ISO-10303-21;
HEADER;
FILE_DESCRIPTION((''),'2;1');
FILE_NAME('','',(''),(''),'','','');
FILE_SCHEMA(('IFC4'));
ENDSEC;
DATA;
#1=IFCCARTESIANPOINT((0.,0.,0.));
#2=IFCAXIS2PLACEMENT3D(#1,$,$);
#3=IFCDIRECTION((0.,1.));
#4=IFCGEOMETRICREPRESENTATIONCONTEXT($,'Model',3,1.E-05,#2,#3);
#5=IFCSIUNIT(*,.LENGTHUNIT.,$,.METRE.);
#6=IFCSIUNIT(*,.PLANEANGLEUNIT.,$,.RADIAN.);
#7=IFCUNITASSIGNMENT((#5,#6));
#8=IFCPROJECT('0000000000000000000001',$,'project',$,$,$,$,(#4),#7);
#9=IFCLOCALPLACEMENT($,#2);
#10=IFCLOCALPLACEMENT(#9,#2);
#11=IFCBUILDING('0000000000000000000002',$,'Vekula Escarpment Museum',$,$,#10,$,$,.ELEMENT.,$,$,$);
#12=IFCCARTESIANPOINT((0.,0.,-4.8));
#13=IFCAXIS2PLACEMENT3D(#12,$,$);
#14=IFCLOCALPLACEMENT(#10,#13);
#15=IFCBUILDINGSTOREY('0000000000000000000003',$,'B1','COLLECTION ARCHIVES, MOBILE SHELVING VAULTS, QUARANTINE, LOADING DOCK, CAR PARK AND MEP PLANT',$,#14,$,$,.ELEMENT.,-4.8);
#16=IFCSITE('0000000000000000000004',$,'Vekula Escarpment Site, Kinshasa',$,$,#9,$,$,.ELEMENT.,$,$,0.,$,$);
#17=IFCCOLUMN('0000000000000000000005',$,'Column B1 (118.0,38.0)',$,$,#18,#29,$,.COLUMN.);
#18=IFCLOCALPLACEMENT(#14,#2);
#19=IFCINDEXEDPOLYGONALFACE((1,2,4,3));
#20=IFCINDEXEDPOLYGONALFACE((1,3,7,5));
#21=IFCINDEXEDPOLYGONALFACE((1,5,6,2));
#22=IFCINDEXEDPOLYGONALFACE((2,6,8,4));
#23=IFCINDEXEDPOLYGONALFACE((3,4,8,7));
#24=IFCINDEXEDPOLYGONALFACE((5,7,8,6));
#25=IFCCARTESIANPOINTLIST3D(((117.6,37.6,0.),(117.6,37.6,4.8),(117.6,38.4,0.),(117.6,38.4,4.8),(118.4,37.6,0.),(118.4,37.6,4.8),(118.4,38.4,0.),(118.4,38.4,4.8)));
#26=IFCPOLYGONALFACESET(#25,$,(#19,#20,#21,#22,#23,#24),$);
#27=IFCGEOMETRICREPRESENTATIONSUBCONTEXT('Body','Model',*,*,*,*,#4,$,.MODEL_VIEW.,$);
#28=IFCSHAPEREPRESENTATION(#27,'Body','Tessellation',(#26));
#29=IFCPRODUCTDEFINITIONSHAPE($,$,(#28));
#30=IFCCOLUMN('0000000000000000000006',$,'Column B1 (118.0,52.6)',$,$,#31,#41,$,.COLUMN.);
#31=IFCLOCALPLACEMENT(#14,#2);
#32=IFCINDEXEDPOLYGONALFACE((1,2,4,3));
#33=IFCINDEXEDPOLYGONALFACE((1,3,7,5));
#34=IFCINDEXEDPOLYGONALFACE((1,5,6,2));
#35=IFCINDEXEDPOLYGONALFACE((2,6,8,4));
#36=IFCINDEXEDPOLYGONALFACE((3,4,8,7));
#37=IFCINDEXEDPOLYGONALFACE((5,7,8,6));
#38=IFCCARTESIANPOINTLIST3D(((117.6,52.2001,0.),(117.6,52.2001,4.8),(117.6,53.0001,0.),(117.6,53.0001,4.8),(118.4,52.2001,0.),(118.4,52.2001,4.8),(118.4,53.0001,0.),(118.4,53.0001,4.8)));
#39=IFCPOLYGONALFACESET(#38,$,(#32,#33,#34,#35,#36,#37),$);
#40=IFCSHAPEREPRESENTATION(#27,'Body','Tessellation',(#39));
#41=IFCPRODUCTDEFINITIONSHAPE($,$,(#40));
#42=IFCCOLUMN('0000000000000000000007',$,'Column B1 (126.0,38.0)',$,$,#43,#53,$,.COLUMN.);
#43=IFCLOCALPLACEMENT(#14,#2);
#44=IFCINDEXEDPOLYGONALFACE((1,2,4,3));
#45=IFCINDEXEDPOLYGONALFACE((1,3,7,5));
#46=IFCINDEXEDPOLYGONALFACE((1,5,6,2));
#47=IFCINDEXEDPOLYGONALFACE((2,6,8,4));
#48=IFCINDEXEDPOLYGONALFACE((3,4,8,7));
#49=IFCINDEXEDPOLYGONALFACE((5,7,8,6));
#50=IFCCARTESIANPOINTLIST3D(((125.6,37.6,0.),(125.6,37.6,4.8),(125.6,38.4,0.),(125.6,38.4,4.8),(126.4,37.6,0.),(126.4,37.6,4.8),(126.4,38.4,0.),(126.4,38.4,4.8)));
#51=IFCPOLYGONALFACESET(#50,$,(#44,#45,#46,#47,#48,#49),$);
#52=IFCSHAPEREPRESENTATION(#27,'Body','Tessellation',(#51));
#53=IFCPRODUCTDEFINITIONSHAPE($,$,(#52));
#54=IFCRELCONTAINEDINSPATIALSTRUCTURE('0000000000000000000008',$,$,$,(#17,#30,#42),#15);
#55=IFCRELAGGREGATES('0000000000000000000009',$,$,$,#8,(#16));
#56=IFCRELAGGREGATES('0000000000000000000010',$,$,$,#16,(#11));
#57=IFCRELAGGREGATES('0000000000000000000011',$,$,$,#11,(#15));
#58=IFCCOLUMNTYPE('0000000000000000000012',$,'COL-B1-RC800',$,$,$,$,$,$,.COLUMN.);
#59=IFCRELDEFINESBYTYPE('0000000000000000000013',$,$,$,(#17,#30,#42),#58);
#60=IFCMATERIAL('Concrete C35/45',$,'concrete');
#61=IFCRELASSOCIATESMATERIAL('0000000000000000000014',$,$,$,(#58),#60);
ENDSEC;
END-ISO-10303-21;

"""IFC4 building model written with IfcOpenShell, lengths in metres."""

from ifc_helpers import new_model, si_unit, direction, frame, origin, origin_2d, place, context, subcontext, project, spatial, rectangle, extrude, material, material_profile, profile_set, type_object, element, save


model = new_model("IFC4")

# Units and contexts
model_context = context("Model", 3, precision=1e-05, world=origin(), true_north=direction((0.0, 1.0)))
body_context = subcontext(model_context, "Body", "Model", "MODEL_VIEW")
ifc_project = project(units=[si_unit("LENGTHUNIT", "METRE"), si_unit("PLANEANGLEUNIT", "RADIAN")], contexts=[model_context])

# Site, building, storey
site_placement = place(None, origin())
site = spatial("IfcSite", under=ifc_project, at=site_placement, Name="Vekula Escarpment Site, Kinshasa", CompositionType="ELEMENT", RefElevation=0.0)
building_placement = place(site_placement, origin())
building = spatial("IfcBuilding", under=site, at=building_placement, Name="Vekula Escarpment Museum", CompositionType="ELEMENT")
storey_placement = place(building_placement, frame((0.0, 0.0, -4.8)))
storey = spatial("IfcBuildingStorey", under=building, at=storey_placement, Name="B1", Description="COLLECTION ARCHIVES, MOBILE SHELVING VAULTS, QUARANTINE, LOADING DOCK, CAR PARK AND MEP PLANT", CompositionType="ELEMENT", Elevation=-4.8)

# Columns
ifc_material_1 = material(Name="Concrete C35/45", Category="concrete")
ifc_material_profile_1 = material_profile(ifc_material_1, rectangle(XDim=0.8, YDim=0.8, at=origin_2d()), Name="RC 800x800")
ifc_profile_set_1 = profile_set([ifc_material_profile_1], Name="Concrete C35/45")
column_type_1 = type_object("IfcColumnType", Name="COL-B1-RC800", PredefinedType="COLUMN", material=ifc_profile_set_1)
for number, where, z_axis, x_axis, name in (
    (1, (118.0, 38.0, 0.0), (0.0, 0.0, 1.0), (1.0, 0.0, 0.0), "Column B1 (118.0,38.0)"),
    (2, (118.0, 52.6001, 0.0), (0.0, 0.0, 1.0), (1.0, 0.0, 0.0), "Column B1 (118.0,52.6)"),
    (3, (126.0, 38.0, 0.0), (0.0, 0.0, 1.0), (1.0, 0.0, 0.0), "Column B1 (126.0,38.0)"),
):
    element("IfcColumn", number, at=place(storey_placement, frame(where, z_axis=z_axis, x_axis=x_axis)), inside=storey, type_object=column_type_1, Name=name, PredefinedType="COLUMN", context=body_context, shape_type="SweptSolid", body=[
        extrude(rectangle(XDim=0.8, YDim=0.8, at=origin_2d()), origin(), (0.0, 0.0, 1.0), 4.8),
    ])

save(model, "model.ifc")
